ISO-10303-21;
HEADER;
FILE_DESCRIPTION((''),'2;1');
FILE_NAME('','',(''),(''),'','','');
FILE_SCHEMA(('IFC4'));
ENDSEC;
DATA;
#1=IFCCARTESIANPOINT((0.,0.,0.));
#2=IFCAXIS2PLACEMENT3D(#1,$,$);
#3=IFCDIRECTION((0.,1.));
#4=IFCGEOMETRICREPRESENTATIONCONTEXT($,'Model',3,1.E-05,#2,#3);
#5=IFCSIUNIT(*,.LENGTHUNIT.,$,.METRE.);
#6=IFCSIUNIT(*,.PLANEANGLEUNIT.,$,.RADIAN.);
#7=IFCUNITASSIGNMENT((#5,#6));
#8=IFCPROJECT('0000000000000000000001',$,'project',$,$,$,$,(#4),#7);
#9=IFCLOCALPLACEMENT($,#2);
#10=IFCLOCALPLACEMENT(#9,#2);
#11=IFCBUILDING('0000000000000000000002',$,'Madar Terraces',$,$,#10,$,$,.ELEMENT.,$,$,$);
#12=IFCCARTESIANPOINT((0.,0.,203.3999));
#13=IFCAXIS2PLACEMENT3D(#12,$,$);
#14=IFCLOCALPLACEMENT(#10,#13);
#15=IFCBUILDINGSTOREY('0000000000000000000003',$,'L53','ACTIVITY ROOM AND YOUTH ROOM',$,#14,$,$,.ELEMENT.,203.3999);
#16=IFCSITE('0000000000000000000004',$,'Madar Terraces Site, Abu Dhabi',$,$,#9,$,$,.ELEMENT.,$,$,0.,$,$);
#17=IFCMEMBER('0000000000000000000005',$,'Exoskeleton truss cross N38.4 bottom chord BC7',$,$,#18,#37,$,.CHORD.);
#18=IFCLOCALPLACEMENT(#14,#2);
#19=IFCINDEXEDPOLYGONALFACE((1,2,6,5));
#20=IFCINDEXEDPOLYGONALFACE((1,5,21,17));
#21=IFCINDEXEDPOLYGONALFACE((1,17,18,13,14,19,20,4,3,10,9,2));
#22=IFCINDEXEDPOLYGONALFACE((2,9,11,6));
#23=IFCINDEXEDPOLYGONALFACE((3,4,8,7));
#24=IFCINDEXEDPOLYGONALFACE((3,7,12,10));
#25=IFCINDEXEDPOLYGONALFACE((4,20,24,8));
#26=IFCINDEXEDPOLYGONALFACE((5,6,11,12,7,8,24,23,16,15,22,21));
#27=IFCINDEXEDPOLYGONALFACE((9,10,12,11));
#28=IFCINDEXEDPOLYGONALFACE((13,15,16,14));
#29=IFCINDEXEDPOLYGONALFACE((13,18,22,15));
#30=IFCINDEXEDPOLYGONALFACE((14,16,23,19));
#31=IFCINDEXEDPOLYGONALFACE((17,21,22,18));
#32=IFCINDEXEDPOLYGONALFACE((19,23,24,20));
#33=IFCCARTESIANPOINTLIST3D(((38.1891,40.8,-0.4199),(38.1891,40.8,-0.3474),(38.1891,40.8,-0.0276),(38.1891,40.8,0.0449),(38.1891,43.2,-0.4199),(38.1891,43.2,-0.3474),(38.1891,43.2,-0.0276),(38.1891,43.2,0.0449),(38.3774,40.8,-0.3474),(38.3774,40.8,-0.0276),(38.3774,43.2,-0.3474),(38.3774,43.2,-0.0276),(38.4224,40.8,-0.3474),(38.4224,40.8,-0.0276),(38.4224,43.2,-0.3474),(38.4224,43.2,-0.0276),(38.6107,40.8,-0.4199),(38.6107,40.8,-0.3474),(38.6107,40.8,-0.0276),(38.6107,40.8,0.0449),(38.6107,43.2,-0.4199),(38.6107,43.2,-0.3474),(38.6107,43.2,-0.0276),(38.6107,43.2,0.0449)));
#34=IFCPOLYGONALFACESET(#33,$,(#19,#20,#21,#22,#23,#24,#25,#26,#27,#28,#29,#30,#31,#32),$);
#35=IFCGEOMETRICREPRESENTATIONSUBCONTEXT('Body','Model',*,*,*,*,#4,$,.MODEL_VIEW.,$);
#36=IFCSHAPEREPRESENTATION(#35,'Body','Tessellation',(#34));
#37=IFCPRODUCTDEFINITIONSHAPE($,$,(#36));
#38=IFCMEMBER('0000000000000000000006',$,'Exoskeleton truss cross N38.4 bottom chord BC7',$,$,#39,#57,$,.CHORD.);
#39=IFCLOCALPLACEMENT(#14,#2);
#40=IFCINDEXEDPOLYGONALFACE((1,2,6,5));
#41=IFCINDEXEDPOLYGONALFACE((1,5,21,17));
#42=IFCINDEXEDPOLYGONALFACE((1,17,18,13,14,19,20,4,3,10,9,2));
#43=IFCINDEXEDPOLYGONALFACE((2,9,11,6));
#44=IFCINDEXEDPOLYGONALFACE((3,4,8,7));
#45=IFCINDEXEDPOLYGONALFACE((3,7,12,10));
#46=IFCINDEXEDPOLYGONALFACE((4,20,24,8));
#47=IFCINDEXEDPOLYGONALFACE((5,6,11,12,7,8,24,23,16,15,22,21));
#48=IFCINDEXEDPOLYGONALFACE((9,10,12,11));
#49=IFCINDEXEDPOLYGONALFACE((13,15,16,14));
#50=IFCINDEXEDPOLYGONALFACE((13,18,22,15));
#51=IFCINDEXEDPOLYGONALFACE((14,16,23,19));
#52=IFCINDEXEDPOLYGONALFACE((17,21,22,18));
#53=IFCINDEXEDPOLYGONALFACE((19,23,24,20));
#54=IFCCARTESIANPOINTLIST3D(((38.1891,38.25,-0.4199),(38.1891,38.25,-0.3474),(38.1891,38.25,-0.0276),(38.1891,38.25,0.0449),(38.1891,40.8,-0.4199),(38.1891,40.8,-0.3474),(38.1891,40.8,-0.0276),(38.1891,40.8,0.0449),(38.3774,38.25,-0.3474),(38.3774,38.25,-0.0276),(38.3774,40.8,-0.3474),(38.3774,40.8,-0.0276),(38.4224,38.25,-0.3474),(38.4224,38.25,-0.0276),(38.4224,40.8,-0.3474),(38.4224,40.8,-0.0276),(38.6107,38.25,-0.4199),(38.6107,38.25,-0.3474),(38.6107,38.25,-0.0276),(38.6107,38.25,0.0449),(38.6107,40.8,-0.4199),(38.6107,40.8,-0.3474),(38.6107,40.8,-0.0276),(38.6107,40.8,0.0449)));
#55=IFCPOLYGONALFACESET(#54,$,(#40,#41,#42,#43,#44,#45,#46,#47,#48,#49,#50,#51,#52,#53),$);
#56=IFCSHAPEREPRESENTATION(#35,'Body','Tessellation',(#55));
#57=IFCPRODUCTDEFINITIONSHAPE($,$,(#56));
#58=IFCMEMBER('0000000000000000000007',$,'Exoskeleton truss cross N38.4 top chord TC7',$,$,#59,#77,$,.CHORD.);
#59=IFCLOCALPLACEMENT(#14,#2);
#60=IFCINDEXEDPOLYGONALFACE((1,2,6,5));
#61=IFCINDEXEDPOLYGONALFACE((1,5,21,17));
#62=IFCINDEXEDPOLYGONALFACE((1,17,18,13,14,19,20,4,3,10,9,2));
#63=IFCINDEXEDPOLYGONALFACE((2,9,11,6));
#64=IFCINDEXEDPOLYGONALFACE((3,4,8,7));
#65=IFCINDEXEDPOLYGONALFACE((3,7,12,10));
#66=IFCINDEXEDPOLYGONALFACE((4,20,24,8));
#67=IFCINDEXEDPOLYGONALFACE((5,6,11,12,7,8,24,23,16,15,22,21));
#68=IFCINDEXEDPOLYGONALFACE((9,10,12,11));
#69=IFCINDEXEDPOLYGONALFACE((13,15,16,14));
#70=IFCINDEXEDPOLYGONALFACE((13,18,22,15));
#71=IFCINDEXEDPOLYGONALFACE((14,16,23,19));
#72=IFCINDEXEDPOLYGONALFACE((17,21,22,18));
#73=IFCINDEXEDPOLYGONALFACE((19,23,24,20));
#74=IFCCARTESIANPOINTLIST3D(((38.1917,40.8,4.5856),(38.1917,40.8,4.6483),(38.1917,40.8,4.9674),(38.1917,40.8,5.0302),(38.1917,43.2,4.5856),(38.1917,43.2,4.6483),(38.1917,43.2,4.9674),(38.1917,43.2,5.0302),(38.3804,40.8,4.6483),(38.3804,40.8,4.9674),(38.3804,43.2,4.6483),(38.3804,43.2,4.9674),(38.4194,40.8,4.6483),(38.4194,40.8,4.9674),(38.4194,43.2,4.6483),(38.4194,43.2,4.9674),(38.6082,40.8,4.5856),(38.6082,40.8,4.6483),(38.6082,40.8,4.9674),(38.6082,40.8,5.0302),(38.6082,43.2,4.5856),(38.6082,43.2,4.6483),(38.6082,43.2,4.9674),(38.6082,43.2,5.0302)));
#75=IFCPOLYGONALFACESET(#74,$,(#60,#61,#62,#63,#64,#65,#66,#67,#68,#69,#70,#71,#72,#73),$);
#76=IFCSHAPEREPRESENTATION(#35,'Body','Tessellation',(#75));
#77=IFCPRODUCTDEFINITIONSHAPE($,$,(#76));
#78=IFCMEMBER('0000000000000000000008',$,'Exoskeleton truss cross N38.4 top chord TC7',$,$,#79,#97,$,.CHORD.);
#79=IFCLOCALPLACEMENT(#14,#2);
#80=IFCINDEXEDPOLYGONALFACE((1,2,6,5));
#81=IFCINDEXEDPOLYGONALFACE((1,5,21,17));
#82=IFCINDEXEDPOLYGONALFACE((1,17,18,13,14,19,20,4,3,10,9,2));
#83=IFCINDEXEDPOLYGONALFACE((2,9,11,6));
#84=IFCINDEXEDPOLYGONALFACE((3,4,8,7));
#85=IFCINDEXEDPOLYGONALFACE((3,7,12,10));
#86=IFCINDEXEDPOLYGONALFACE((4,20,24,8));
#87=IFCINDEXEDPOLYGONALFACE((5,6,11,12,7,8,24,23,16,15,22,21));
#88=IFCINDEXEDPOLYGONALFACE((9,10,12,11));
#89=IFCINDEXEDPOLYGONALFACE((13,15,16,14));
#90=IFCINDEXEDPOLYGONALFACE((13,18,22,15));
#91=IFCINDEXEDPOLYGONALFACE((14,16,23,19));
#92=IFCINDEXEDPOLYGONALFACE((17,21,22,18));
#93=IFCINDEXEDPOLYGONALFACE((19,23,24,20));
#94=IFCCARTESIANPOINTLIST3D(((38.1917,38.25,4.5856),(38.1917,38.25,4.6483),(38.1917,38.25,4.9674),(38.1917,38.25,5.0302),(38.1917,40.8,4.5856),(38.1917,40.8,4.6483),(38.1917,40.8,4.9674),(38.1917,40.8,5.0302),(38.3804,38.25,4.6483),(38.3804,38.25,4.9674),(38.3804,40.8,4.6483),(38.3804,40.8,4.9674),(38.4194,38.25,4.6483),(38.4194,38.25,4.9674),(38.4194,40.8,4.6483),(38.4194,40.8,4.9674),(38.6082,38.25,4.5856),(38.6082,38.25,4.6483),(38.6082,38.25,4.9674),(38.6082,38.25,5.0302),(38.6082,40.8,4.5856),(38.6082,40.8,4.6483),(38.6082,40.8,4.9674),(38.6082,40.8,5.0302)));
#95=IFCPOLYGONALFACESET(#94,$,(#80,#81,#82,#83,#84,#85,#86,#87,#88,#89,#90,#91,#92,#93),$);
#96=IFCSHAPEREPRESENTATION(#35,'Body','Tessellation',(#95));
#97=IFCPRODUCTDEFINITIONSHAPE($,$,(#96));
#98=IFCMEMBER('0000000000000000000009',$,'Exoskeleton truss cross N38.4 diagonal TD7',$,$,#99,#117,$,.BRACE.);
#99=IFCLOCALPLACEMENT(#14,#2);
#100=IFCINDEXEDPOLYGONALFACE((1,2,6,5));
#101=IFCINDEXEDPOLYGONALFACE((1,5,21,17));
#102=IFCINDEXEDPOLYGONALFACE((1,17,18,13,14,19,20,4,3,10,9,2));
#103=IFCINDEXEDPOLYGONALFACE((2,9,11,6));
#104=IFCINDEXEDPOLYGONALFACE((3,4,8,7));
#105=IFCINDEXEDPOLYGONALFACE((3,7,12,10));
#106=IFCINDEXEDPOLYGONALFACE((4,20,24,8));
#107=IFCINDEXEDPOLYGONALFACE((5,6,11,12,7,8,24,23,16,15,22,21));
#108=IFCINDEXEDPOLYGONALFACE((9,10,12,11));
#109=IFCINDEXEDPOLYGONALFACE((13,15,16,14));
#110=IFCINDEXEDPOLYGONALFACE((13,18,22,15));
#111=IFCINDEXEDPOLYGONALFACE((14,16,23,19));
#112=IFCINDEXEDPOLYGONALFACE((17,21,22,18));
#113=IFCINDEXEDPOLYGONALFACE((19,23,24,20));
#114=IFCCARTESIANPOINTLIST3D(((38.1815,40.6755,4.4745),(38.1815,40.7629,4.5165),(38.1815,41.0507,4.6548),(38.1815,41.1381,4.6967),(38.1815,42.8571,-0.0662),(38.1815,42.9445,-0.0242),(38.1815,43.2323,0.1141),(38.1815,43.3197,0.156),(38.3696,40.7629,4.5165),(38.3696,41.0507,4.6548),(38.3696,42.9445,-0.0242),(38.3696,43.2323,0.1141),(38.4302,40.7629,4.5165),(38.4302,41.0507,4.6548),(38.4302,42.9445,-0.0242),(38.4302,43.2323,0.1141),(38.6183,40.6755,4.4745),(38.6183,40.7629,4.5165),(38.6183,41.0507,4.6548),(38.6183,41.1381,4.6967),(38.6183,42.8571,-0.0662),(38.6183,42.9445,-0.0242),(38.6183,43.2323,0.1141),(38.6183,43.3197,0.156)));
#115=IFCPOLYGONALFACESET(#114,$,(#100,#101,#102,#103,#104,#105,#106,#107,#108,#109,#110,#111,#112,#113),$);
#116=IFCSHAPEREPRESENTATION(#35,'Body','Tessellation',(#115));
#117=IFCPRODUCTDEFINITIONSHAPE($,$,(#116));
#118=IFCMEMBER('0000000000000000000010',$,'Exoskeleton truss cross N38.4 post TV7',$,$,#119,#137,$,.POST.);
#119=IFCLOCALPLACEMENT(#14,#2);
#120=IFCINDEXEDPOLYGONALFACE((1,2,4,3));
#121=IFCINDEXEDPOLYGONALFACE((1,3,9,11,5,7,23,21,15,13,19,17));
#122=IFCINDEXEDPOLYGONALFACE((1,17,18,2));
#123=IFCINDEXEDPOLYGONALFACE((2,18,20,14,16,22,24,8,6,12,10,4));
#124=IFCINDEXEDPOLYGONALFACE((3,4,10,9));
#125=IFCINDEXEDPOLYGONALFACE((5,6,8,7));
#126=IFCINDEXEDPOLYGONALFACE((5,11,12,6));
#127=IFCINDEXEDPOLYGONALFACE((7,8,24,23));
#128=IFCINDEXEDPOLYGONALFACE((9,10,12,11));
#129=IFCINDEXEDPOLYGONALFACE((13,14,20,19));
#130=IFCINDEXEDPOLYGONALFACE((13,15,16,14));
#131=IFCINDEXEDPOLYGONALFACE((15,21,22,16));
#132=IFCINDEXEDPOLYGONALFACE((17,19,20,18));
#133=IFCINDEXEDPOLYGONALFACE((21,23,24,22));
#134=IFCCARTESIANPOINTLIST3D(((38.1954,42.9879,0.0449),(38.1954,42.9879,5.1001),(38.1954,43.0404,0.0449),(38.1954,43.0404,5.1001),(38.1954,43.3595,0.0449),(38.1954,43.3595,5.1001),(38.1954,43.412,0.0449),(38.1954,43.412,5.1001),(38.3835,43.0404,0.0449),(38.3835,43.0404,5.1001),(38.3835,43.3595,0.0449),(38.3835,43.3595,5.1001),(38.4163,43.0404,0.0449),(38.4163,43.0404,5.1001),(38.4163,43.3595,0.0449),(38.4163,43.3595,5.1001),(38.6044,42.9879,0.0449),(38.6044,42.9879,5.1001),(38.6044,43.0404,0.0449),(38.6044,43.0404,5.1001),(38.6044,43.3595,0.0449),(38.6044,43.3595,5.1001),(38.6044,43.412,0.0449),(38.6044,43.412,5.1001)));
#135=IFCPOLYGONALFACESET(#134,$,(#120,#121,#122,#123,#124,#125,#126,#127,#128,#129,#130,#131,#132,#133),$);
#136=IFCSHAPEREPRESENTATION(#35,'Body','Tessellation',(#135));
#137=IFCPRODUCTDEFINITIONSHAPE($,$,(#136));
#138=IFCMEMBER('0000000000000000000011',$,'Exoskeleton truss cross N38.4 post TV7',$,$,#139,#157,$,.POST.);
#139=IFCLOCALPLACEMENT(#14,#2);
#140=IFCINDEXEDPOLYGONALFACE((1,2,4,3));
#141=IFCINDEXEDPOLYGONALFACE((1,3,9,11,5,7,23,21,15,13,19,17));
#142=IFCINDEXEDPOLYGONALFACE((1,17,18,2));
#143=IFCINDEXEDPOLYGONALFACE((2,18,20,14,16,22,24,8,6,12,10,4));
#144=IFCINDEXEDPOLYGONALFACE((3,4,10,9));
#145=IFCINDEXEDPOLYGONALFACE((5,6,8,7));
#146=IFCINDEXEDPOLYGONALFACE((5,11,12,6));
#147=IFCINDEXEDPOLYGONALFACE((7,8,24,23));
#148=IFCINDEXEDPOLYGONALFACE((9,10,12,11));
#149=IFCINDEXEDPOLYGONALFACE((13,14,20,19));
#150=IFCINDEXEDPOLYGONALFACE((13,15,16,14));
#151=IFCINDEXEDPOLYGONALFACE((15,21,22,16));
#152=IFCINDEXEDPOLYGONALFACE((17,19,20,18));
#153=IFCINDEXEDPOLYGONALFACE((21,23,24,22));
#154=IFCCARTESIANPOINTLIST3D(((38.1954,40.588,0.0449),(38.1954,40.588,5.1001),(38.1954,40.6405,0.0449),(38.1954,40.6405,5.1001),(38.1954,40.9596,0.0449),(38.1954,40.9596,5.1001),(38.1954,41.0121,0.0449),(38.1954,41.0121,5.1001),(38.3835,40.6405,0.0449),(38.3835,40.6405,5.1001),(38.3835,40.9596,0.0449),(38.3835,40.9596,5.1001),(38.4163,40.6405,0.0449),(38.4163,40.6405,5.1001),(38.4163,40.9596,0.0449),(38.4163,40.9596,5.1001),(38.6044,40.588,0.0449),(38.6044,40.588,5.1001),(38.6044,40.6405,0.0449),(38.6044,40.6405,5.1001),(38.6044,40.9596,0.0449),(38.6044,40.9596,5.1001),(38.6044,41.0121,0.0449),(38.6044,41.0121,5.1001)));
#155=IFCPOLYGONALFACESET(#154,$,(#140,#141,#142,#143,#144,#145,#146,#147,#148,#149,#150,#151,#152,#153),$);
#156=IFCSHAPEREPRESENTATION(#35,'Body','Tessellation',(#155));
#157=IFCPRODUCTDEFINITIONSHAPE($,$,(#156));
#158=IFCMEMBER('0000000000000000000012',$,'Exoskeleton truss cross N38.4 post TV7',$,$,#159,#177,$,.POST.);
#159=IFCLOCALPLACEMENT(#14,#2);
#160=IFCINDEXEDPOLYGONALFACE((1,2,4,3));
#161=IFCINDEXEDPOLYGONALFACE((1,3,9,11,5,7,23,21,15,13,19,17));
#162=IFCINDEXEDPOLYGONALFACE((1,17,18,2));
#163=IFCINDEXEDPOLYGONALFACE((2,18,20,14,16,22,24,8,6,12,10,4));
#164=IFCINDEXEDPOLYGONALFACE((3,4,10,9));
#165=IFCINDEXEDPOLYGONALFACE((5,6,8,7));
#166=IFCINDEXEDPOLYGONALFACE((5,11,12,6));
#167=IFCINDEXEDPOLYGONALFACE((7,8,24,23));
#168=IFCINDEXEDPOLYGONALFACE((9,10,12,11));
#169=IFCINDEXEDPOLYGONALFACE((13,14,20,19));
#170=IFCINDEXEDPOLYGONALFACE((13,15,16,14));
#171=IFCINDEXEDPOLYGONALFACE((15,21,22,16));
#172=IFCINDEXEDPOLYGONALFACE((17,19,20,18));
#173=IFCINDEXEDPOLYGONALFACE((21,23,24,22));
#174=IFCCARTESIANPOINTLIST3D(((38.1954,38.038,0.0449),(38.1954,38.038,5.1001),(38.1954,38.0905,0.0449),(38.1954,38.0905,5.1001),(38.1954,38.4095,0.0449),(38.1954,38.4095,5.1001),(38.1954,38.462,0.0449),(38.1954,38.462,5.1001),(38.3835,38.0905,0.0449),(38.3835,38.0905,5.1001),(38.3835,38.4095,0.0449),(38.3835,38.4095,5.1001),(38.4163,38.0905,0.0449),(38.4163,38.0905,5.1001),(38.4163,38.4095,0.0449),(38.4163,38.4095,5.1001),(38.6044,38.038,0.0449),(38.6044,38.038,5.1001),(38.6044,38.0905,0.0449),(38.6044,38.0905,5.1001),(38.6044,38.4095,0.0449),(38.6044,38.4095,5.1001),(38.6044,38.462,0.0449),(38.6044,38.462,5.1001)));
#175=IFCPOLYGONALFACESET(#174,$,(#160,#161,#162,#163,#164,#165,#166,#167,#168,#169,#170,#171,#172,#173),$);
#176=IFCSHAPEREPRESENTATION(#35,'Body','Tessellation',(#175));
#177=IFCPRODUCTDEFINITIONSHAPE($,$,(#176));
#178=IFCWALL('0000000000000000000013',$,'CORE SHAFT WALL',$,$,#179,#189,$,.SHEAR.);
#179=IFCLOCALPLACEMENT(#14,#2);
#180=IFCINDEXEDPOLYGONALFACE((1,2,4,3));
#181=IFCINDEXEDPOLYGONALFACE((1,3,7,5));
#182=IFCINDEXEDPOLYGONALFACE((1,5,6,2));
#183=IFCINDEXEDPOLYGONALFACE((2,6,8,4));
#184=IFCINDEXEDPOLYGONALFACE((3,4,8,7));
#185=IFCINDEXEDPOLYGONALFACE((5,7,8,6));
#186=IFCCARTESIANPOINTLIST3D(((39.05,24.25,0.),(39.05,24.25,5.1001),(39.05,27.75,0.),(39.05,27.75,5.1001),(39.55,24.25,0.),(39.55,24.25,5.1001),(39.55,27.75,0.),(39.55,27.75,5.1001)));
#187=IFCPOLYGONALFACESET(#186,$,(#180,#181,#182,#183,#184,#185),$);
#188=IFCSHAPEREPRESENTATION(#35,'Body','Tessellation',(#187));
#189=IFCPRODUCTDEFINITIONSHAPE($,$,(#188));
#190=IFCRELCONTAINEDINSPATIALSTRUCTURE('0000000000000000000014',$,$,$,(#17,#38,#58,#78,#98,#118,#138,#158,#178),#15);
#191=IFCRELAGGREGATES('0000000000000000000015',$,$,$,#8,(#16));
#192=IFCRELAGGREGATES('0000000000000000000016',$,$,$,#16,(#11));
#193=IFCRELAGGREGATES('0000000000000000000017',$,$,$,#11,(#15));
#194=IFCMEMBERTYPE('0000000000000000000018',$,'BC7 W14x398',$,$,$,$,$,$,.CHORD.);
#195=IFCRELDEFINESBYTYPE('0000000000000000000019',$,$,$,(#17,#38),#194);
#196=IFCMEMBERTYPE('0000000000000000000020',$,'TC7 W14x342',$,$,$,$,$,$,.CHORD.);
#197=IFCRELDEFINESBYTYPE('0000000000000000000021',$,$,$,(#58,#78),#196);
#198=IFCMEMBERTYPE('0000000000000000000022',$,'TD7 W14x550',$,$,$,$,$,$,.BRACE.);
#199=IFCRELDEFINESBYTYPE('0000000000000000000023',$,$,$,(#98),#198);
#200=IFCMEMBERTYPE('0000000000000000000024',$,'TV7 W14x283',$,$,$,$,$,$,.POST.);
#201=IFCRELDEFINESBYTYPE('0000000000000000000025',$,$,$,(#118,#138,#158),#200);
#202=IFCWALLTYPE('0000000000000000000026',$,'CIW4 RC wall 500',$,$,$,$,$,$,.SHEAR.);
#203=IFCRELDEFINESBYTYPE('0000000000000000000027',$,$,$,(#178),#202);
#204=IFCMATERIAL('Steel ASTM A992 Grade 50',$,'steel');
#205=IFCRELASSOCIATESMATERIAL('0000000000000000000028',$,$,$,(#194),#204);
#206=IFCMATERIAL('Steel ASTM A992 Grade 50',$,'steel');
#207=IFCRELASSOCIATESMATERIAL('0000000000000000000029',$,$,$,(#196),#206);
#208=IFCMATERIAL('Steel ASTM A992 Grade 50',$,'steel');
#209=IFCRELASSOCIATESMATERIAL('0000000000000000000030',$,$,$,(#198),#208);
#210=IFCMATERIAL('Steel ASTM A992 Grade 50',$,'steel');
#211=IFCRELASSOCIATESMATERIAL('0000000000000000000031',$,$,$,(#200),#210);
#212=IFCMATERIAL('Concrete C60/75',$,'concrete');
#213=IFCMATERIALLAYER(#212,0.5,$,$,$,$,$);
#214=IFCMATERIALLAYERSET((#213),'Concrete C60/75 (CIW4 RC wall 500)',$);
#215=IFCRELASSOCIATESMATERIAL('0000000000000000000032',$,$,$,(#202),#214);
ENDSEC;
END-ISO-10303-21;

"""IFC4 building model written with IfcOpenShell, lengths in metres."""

from ifc_helpers import new_model, si_unit, direction, frame, frame_2d, origin, origin_2d, place, context, subcontext, project, spatial, rectangle, i_section, extrude, material, layer, layer_set, material_profile, profile_set, type_object, element, save


model = new_model("IFC4")

# Units and contexts
model_context = context("Model", 3, precision=1e-05, world=origin(), true_north=direction((0.0, 1.0)))
body_context = subcontext(model_context, "Body", "Model", "MODEL_VIEW")
ifc_project = project(units=[si_unit("LENGTHUNIT", "METRE"), si_unit("PLANEANGLEUNIT", "RADIAN")], contexts=[model_context])

# Site, building, storey
site_placement = place(None, origin())
site = spatial("IfcSite", under=ifc_project, at=site_placement, Name="Madar Terraces Site, Abu Dhabi", CompositionType="ELEMENT", RefElevation=0.0)
building_placement = place(site_placement, origin())
building = spatial("IfcBuilding", under=site, at=building_placement, Name="Madar Terraces", CompositionType="ELEMENT")
storey_placement = place(building_placement, frame((0.0, 0.0, 203.3999)))
storey = spatial("IfcBuildingStorey", under=building, at=storey_placement, Name="L53", Description="ACTIVITY ROOM AND YOUTH ROOM", CompositionType="ELEMENT", Elevation=203.3999)

# Members
ifc_material_1 = material(Name="Steel ASTM A992 Grade 50", Category="steel")
ifc_material_profile_1 = material_profile(ifc_material_1, i_section(OverallWidth=0.4216, OverallDepth=0.4648, WebThickness=0.0449, FlangeThickness=0.0725, at=origin_2d()), Name="W14x398")
ifc_profile_set_1 = profile_set([ifc_material_profile_1], Name="Steel ASTM A992 Grade 50")
member_type_1 = type_object("IfcMemberType", Name="BC7 W14x398", PredefinedType="CHORD", material=ifc_profile_set_1)
member_1_placement = place(storey_placement, frame((38.3999, 43.2, -0.1875), z_axis=(0.0, -1.0, 0.0), x_axis=(1.0, 0.0, 0.0)))
element("IfcMember", 1, at=member_1_placement, inside=storey, type_object=member_type_1, Name="Exoskeleton truss cross N38.4 bottom chord BC7", PredefinedType="CHORD", context=body_context, shape_type="SweptSolid", body=[
    extrude(i_section(OverallWidth=0.4216, OverallDepth=0.4648, WebThickness=0.0449, FlangeThickness=0.0725, at=origin_2d()), origin(), (0.0, 0.0, 1.0), 2.3999),
])
member_2_placement = place(storey_placement, frame((38.3999, 40.8, -0.1875), z_axis=(0.0, -1.0, 0.0), x_axis=(1.0, 0.0, 0.0)))
element("IfcMember", 2, at=member_2_placement, inside=storey, type_object=member_type_1, Name="Exoskeleton truss cross N38.4 bottom chord BC7", PredefinedType="CHORD", context=body_context, shape_type="SweptSolid", body=[
    extrude(i_section(OverallWidth=0.4216, OverallDepth=0.4648, WebThickness=0.0449, FlangeThickness=0.0725, at=origin_2d()), origin(), (0.0, 0.0, 1.0), 2.55),
])
ifc_material_2 = material(Name="Steel ASTM A992 Grade 50", Category="steel")
ifc_material_profile_2 = material_profile(ifc_material_2, i_section(OverallWidth=0.4165, OverallDepth=0.4446, WebThickness=0.0391, FlangeThickness=0.0627, at=origin_2d()), Name="W14x342")
ifc_profile_set_2 = profile_set([ifc_material_profile_2], Name="Steel ASTM A992 Grade 50")
member_type_2 = type_object("IfcMemberType", Name="TC7 W14x342", PredefinedType="CHORD", material=ifc_profile_set_2)
member_3_placement = place(storey_placement, frame((38.3999, 43.2, 4.8079), z_axis=(0.0, -1.0, 0.0), x_axis=(1.0, 0.0, 0.0)))
element("IfcMember", 3, at=member_3_placement, inside=storey, type_object=member_type_2, Name="Exoskeleton truss cross N38.4 top chord TC7", PredefinedType="CHORD", context=body_context, shape_type="SweptSolid", body=[
    extrude(i_section(OverallWidth=0.4165, OverallDepth=0.4446, WebThickness=0.0391, FlangeThickness=0.0627, at=origin_2d()), origin(), (0.0, 0.0, 1.0), 2.3999),
])
member_4_placement = place(storey_placement, frame((38.3999, 40.8, 4.8079), z_axis=(0.0, -1.0, 0.0), x_axis=(1.0, 0.0, 0.0)))
element("IfcMember", 4, at=member_4_placement, inside=storey, type_object=member_type_2, Name="Exoskeleton truss cross N38.4 top chord TC7", PredefinedType="CHORD", context=body_context, shape_type="SweptSolid", body=[
    extrude(i_section(OverallWidth=0.4165, OverallDepth=0.4446, WebThickness=0.0391, FlangeThickness=0.0627, at=origin_2d()), origin(), (0.0, 0.0, 1.0), 2.55),
])
ifc_material_3 = material(Name="Steel ASTM A992 Grade 50", Category="steel")
ifc_material_profile_3 = material_profile(ifc_material_3, i_section(OverallWidth=0.4368, OverallDepth=0.5132, WebThickness=0.0605, FlangeThickness=0.0969, at=origin_2d()), Name="W14x550")
ifc_profile_set_3 = profile_set([ifc_material_profile_3], Name="Steel ASTM A992 Grade 50")
member_type_3 = type_object("IfcMemberType", Name="TD7 W14x550", PredefinedType="BRACE", material=ifc_profile_set_3)
member_5_placement = place(storey_placement, frame((38.3999, 43.0884, 0.0449), z_axis=(0.0, -0.433065, 0.901363), x_axis=(1.0, 0.0, 0.0)))
element("IfcMember", 5, at=member_5_placement, inside=storey, type_object=member_type_3, Name="Exoskeleton truss cross N38.4 diagonal TD7", PredefinedType="BRACE", context=body_context, shape_type="SweptSolid", body=[
    extrude(i_section(OverallWidth=0.4368, OverallDepth=0.5132, WebThickness=0.0605, FlangeThickness=0.0969, at=origin_2d()), origin(), (0.0, 0.0, 1.0), 5.0376),
])
ifc_material_4 = material(Name="Steel ASTM A992 Grade 50", Category="steel")
ifc_material_profile_4 = material_profile(ifc_material_4, i_section(OverallWidth=0.4089, OverallDepth=0.4241, WebThickness=0.0327, FlangeThickness=0.0525, at=origin_2d()), Name="W14x283")
ifc_profile_set_4 = profile_set([ifc_material_profile_4], Name="Steel ASTM A992 Grade 50")
member_type_4 = type_object("IfcMemberType", Name="TV7 W14x283", PredefinedType="POST", material=ifc_profile_set_4)
for number, where, z_axis, x_axis, name in (
    (6, (38.3999, 43.2, 0.0449), (0.0, 0.0, 1.0), (-1.0, 0.0, 0.0), "Exoskeleton truss cross N38.4 post TV7"),
    (7, (38.3999, 40.8, 0.0449), (0.0, 0.0, 1.0), (-1.0, 0.0, 0.0), "Exoskeleton truss cross N38.4 post TV7"),
    (8, (38.3999, 38.25, 0.0449), (0.0, 0.0, 1.0), (-1.0, 0.0, 0.0), "Exoskeleton truss cross N38.4 post TV7"),
):
    element("IfcMember", number, at=place(storey_placement, frame(where, z_axis=z_axis, x_axis=x_axis)), inside=storey, type_object=member_type_4, Name=name, PredefinedType="POST", context=body_context, shape_type="SweptSolid", body=[
        extrude(i_section(OverallWidth=0.4089, OverallDepth=0.4241, WebThickness=0.0327, FlangeThickness=0.0525, at=origin_2d()), origin(), (0.0, 0.0, 1.0), 5.0552),
    ])

# Wall
ifc_material_5 = material(Name="Concrete C60/75", Category="concrete")
ifc_layer_1 = layer(ifc_material_5, 0.5)
ifc_layer_set_1 = layer_set([ifc_layer_1], Name="Concrete C60/75 (CIW4 RC wall 500)")
wall_type_1 = type_object("IfcWallType", Name="CIW4 RC wall 500", PredefinedType="SHEAR", material=ifc_layer_set_1)
wall_1_placement = place(storey_placement, frame((39.3, 24.25, 0.0), z_axis=(0.0, 0.0, 1.0), x_axis=(0.0, 1.0, 0.0)))
element("IfcWall", 9, at=wall_1_placement, inside=storey, type_object=wall_type_1, Name="CORE SHAFT WALL", PredefinedType="SHEAR", context=body_context, shape_type="SweptSolid", body=[
    extrude(rectangle(XDim=3.5, YDim=0.5, at=frame_2d((1.75, 0.0))), origin(), (0.0, 0.0, 1.0), 5.1001),
])

save(model, "model.ifc")
